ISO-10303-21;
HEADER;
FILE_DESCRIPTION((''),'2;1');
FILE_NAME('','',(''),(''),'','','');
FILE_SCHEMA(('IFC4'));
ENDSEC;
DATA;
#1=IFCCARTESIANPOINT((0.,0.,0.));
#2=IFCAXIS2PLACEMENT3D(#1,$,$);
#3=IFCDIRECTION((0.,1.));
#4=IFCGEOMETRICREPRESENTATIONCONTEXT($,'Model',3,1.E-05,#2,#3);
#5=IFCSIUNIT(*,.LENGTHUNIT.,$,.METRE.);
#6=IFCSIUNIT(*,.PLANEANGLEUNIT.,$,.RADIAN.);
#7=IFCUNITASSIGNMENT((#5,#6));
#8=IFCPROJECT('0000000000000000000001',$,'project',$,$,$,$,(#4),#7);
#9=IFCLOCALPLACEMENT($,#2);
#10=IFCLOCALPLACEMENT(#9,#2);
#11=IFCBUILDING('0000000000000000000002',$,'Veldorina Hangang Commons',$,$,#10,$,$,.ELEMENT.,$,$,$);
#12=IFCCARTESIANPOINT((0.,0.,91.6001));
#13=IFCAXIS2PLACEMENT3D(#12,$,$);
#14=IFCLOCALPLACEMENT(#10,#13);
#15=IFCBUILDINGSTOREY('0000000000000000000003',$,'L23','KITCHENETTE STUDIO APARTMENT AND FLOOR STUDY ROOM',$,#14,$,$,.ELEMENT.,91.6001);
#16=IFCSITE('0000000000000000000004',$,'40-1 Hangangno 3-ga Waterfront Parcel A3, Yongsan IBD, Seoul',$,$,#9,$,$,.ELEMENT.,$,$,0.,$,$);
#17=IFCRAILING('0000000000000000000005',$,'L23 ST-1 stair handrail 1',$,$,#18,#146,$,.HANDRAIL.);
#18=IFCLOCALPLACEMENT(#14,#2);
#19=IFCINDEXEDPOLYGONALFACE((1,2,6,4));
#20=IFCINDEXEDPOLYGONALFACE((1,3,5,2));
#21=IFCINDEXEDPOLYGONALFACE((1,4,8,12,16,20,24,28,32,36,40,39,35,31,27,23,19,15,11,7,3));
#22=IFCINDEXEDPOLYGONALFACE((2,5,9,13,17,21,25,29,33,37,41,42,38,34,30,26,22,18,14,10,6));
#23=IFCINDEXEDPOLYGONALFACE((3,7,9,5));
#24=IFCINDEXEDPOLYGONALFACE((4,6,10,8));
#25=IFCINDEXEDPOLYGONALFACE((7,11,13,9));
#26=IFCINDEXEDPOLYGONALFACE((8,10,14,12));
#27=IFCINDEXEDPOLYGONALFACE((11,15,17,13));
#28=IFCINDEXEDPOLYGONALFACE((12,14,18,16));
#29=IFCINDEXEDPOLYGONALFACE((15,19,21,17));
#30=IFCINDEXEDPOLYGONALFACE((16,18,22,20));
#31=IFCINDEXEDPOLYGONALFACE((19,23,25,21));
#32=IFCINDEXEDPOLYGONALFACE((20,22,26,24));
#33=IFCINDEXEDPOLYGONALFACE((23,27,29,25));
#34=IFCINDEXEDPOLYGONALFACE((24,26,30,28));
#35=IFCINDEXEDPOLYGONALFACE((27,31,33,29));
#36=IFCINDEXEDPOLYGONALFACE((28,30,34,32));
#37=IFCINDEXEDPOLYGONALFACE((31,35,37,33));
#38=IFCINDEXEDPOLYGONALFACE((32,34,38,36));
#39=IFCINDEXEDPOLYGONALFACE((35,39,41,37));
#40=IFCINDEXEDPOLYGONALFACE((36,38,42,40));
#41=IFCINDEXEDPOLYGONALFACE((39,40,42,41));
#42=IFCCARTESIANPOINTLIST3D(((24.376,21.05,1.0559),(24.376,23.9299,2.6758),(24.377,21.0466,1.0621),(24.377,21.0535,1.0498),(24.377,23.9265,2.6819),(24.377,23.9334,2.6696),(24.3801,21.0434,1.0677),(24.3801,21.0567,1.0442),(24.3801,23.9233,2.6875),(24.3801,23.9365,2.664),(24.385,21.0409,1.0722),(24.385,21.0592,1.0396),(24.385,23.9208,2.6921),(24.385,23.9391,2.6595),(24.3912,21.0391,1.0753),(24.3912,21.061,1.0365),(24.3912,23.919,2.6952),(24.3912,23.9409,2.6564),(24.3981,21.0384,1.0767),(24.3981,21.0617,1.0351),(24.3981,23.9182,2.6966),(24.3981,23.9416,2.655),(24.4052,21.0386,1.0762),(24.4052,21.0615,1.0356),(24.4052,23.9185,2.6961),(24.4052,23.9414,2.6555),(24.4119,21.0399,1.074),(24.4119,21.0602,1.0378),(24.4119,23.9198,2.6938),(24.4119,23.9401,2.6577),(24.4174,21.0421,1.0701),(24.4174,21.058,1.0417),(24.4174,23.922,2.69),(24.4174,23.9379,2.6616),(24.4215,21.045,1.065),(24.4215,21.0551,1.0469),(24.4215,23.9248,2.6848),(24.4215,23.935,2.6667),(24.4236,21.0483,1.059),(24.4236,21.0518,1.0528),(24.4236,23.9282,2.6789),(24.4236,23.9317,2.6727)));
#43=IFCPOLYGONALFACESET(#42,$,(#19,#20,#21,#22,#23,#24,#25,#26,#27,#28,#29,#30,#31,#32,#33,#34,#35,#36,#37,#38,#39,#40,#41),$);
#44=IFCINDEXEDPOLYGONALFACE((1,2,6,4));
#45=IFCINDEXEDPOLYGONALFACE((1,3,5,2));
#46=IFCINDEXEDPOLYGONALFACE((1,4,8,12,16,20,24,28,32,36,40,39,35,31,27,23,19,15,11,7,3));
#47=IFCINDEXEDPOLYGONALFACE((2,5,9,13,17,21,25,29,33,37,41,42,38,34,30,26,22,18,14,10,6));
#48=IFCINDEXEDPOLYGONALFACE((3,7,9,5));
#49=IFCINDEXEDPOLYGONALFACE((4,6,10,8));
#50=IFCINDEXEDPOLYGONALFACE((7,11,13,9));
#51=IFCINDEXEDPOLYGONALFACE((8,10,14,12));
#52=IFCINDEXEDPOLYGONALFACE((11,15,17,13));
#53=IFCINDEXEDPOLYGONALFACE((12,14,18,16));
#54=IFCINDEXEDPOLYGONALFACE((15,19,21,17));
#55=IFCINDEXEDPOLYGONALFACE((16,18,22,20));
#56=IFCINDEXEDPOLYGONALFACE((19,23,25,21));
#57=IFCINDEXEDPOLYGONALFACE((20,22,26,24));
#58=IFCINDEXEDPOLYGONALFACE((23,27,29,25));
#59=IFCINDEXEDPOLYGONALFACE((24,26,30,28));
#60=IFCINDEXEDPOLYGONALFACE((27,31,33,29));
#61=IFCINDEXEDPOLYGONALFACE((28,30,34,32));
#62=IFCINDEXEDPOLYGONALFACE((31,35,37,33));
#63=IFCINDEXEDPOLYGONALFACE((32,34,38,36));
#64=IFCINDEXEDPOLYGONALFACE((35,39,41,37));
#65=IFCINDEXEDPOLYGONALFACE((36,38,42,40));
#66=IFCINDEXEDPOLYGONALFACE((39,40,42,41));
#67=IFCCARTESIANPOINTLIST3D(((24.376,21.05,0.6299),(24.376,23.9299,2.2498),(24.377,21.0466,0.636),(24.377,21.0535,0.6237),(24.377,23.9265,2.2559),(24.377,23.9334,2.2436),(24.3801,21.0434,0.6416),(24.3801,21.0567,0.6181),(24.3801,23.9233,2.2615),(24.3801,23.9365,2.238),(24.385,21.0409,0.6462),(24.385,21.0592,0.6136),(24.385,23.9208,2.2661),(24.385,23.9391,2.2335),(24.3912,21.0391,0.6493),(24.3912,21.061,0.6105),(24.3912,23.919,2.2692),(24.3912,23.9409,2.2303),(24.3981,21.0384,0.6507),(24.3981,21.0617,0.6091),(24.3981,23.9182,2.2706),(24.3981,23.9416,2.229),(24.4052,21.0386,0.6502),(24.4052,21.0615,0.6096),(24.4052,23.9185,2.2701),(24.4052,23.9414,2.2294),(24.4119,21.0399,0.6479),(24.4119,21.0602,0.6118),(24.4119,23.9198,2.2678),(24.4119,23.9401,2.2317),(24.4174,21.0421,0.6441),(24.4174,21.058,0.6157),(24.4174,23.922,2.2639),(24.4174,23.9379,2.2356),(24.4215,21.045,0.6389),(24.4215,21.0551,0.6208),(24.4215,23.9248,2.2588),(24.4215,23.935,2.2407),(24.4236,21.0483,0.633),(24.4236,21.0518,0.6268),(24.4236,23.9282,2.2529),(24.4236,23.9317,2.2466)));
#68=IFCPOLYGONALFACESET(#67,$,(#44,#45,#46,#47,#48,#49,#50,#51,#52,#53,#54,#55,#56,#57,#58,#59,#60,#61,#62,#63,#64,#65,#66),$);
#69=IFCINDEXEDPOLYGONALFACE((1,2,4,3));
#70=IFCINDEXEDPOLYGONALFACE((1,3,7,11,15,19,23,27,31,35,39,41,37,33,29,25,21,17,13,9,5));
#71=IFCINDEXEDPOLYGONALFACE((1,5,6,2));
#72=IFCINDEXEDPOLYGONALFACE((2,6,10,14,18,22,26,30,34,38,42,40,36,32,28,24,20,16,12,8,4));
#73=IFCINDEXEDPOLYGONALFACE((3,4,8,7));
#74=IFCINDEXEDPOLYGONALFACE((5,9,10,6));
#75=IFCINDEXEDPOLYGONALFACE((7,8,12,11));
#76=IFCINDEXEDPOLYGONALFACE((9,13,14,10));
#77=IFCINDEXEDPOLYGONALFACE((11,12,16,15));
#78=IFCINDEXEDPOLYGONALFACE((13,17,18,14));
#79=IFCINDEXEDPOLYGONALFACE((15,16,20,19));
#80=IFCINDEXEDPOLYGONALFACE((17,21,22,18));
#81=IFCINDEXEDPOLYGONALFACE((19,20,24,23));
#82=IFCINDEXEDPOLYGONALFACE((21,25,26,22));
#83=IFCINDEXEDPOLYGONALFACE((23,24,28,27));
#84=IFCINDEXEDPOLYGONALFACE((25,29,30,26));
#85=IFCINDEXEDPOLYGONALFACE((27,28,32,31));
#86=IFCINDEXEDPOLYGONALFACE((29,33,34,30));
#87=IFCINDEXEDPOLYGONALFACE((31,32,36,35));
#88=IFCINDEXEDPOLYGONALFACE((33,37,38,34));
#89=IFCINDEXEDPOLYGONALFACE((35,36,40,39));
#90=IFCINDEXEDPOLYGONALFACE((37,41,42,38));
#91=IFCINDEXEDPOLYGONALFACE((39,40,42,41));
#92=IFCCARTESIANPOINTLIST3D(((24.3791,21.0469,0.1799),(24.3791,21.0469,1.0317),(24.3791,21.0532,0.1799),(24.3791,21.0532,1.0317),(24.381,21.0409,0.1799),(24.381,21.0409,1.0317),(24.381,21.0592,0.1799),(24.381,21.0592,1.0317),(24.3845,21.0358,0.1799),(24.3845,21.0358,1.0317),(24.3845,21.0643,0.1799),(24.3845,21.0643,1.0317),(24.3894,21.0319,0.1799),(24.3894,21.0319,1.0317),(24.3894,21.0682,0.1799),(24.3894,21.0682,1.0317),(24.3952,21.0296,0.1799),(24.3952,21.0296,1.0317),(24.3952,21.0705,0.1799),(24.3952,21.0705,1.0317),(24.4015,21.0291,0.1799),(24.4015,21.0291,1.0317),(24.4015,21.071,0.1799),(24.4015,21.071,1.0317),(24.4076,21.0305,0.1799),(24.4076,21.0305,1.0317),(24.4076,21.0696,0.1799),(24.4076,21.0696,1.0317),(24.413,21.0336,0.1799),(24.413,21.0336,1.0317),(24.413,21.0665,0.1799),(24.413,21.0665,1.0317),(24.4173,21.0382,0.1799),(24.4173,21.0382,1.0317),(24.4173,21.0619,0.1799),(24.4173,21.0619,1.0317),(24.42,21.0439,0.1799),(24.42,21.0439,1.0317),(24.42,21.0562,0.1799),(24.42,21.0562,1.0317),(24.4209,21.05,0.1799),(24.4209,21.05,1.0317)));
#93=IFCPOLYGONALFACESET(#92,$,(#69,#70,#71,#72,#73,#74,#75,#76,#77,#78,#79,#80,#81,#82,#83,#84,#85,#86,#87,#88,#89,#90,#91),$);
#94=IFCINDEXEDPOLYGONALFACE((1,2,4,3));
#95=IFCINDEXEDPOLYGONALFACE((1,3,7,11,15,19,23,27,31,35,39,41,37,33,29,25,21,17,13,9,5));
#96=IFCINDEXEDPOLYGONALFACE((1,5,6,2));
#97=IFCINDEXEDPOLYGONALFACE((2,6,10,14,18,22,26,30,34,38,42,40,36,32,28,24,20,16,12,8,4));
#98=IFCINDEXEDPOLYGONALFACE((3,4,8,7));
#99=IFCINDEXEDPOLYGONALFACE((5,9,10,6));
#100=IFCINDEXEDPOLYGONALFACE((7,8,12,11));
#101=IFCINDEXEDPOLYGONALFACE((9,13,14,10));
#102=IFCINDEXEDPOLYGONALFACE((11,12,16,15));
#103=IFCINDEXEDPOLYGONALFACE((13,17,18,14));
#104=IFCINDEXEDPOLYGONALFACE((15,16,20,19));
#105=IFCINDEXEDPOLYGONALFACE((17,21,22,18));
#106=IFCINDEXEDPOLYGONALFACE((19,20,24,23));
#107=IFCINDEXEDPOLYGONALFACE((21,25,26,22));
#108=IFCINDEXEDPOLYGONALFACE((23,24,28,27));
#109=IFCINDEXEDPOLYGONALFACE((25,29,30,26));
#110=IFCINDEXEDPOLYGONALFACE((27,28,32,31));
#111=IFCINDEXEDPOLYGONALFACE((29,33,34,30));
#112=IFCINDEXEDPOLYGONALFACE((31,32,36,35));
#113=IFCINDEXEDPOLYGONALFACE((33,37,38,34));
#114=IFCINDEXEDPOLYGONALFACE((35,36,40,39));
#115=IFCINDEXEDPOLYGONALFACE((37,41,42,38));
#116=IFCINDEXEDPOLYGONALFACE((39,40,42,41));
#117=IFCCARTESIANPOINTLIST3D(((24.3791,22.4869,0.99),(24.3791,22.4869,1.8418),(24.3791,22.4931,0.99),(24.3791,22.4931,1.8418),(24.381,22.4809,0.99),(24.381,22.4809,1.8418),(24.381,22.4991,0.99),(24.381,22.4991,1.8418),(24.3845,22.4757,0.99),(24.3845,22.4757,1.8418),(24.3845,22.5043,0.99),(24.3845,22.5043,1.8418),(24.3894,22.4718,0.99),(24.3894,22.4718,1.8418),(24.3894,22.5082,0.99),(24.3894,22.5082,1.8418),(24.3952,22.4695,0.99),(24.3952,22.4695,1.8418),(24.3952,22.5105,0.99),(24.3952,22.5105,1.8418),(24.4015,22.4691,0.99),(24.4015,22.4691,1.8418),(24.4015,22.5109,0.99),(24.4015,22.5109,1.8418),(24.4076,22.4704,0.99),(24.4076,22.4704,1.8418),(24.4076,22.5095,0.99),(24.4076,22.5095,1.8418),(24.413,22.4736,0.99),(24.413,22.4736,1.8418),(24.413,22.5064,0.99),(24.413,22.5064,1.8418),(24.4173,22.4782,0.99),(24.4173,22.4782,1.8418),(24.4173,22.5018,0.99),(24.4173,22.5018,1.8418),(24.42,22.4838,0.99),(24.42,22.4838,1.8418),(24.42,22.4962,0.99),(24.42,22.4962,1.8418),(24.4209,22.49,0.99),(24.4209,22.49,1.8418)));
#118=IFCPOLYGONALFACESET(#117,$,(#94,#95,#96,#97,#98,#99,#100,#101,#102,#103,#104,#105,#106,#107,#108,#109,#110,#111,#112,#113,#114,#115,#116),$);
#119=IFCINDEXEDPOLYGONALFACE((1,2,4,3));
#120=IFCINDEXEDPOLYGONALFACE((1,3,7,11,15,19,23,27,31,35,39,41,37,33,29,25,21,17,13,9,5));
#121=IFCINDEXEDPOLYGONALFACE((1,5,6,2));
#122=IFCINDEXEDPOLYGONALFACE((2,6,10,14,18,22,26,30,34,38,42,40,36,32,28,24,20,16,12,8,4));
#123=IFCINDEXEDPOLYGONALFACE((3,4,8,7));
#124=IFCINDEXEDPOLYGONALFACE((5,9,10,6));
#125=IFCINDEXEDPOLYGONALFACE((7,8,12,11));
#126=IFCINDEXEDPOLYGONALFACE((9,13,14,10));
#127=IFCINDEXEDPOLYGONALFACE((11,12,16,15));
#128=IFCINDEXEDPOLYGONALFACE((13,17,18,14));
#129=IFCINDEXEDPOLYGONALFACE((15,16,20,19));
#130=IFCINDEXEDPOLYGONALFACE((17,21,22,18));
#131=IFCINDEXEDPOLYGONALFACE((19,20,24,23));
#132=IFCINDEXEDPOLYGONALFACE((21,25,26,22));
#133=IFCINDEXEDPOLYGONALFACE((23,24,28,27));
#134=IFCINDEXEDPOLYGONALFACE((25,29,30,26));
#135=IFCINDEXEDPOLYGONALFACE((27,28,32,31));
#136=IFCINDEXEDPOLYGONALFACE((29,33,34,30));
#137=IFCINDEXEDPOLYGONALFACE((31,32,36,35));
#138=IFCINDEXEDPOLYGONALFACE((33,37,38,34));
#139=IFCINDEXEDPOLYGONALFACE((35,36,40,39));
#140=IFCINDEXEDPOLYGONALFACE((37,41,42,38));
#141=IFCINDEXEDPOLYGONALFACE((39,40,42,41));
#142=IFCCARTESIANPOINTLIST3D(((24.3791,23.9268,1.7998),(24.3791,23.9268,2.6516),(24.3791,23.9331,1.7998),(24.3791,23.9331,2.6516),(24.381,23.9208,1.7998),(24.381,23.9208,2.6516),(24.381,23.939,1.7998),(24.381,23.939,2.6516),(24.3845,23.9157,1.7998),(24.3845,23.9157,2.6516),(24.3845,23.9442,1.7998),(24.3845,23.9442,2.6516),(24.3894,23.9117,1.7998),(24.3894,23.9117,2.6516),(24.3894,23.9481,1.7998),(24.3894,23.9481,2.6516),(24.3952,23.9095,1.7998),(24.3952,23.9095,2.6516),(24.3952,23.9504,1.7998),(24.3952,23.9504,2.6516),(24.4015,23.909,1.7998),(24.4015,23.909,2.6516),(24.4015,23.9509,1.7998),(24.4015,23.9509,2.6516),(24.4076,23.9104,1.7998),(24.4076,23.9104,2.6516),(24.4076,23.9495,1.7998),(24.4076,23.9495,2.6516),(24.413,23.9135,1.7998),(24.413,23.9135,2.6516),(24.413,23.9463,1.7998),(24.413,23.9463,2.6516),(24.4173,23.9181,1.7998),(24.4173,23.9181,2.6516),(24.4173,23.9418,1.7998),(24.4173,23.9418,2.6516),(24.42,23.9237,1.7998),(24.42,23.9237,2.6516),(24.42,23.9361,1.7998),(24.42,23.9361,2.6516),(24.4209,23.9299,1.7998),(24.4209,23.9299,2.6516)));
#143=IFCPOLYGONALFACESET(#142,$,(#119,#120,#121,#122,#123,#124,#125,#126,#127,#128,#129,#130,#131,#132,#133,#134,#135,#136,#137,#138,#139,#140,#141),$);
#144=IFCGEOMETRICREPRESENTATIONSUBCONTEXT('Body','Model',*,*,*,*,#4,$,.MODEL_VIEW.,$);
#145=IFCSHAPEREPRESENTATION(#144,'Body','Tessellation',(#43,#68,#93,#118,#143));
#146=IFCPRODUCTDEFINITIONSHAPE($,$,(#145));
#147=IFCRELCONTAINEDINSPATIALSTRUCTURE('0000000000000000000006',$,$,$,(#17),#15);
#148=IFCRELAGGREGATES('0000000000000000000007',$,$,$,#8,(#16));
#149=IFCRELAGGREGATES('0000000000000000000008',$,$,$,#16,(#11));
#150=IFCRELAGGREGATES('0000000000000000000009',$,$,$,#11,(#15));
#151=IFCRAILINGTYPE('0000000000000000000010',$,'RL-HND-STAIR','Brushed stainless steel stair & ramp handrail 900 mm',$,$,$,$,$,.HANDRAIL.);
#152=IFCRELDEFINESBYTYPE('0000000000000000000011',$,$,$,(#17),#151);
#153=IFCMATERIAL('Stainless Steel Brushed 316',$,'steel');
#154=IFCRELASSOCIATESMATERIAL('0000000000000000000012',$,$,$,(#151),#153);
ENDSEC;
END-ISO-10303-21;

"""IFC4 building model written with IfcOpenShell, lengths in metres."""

from ifc_helpers import new_model, si_unit, direction, frame, origin, origin_2d, place, context, subcontext, project, spatial, circle, extrude, material, type_object, element, save


model = new_model("IFC4")

# Units and contexts
model_context = context("Model", 3, precision=1e-05, world=origin(), true_north=direction((0.0, 1.0)))
body_context = subcontext(model_context, "Body", "Model", "MODEL_VIEW")
ifc_project = project(units=[si_unit("LENGTHUNIT", "METRE"), si_unit("PLANEANGLEUNIT", "RADIAN")], contexts=[model_context])

# Site, building, storey
site_placement = place(None, origin())
site = spatial("IfcSite", under=ifc_project, at=site_placement, Name="40-1 Hangangno 3-ga Waterfront Parcel A3, Yongsan IBD, Seoul", CompositionType="ELEMENT", RefElevation=0.0)
building_placement = place(site_placement, origin())
building = spatial("IfcBuilding", under=site, at=building_placement, Name="Veldorina Hangang Commons", CompositionType="ELEMENT")
storey_placement = place(building_placement, frame((0.0, 0.0, 91.6001)))
storey = spatial("IfcBuildingStorey", under=building, at=storey_placement, Name="L23", Description="KITCHENETTE STUDIO APARTMENT AND FLOOR STUDY ROOM", CompositionType="ELEMENT", Elevation=91.6001)

# Railing
ifc_material_1 = material(Name="Stainless Steel Brushed 316", Category="steel")
railing_type_1 = type_object("IfcRailingType", Name="RL-HND-STAIR", Description="Brushed stainless steel stair & ramp handrail 900 mm", PredefinedType="HANDRAIL", material=ifc_material_1)
railing_1_placement = place(storey_placement, frame((24.3999, 21.05, 0.1799)))
element("IfcRailing", 1, at=railing_1_placement, inside=storey, type_object=railing_type_1, Name="L23 ST-1 stair handrail 1", PredefinedType="HANDRAIL", context=body_context, shape_type="SweptSolid", body=[
    extrude(circle(Radius=0.0239, at=origin_2d()), frame((0.0, 0.0, 0.876), z_axis=(0.0, 0.871583, 0.490247), x_axis=(-1.0, 0.0, 0.0)), (0.0, 0.0, 1.0), 3.3042),
    extrude(circle(Radius=0.0239, at=origin_2d()), frame((0.0, 0.0, 0.45), z_axis=(0.0, 0.871583, 0.490247), x_axis=(-1.0, 0.0, 0.0)), (0.0, 0.0, 1.0), 3.3042),
    extrude(circle(Radius=0.021, at=origin_2d()), origin(), (0.0, 0.0, 1.0), 0.8518),
    extrude(circle(Radius=0.021, at=origin_2d()), frame((0.0, 1.4399, 0.8101)), (0.0, 0.0, 1.0), 0.8518),
    extrude(circle(Radius=0.021, at=origin_2d()), frame((0.0, 2.8799, 1.6199)), (0.0, 0.0, 1.0), 0.8518),
])

save(model, "model.ifc")
